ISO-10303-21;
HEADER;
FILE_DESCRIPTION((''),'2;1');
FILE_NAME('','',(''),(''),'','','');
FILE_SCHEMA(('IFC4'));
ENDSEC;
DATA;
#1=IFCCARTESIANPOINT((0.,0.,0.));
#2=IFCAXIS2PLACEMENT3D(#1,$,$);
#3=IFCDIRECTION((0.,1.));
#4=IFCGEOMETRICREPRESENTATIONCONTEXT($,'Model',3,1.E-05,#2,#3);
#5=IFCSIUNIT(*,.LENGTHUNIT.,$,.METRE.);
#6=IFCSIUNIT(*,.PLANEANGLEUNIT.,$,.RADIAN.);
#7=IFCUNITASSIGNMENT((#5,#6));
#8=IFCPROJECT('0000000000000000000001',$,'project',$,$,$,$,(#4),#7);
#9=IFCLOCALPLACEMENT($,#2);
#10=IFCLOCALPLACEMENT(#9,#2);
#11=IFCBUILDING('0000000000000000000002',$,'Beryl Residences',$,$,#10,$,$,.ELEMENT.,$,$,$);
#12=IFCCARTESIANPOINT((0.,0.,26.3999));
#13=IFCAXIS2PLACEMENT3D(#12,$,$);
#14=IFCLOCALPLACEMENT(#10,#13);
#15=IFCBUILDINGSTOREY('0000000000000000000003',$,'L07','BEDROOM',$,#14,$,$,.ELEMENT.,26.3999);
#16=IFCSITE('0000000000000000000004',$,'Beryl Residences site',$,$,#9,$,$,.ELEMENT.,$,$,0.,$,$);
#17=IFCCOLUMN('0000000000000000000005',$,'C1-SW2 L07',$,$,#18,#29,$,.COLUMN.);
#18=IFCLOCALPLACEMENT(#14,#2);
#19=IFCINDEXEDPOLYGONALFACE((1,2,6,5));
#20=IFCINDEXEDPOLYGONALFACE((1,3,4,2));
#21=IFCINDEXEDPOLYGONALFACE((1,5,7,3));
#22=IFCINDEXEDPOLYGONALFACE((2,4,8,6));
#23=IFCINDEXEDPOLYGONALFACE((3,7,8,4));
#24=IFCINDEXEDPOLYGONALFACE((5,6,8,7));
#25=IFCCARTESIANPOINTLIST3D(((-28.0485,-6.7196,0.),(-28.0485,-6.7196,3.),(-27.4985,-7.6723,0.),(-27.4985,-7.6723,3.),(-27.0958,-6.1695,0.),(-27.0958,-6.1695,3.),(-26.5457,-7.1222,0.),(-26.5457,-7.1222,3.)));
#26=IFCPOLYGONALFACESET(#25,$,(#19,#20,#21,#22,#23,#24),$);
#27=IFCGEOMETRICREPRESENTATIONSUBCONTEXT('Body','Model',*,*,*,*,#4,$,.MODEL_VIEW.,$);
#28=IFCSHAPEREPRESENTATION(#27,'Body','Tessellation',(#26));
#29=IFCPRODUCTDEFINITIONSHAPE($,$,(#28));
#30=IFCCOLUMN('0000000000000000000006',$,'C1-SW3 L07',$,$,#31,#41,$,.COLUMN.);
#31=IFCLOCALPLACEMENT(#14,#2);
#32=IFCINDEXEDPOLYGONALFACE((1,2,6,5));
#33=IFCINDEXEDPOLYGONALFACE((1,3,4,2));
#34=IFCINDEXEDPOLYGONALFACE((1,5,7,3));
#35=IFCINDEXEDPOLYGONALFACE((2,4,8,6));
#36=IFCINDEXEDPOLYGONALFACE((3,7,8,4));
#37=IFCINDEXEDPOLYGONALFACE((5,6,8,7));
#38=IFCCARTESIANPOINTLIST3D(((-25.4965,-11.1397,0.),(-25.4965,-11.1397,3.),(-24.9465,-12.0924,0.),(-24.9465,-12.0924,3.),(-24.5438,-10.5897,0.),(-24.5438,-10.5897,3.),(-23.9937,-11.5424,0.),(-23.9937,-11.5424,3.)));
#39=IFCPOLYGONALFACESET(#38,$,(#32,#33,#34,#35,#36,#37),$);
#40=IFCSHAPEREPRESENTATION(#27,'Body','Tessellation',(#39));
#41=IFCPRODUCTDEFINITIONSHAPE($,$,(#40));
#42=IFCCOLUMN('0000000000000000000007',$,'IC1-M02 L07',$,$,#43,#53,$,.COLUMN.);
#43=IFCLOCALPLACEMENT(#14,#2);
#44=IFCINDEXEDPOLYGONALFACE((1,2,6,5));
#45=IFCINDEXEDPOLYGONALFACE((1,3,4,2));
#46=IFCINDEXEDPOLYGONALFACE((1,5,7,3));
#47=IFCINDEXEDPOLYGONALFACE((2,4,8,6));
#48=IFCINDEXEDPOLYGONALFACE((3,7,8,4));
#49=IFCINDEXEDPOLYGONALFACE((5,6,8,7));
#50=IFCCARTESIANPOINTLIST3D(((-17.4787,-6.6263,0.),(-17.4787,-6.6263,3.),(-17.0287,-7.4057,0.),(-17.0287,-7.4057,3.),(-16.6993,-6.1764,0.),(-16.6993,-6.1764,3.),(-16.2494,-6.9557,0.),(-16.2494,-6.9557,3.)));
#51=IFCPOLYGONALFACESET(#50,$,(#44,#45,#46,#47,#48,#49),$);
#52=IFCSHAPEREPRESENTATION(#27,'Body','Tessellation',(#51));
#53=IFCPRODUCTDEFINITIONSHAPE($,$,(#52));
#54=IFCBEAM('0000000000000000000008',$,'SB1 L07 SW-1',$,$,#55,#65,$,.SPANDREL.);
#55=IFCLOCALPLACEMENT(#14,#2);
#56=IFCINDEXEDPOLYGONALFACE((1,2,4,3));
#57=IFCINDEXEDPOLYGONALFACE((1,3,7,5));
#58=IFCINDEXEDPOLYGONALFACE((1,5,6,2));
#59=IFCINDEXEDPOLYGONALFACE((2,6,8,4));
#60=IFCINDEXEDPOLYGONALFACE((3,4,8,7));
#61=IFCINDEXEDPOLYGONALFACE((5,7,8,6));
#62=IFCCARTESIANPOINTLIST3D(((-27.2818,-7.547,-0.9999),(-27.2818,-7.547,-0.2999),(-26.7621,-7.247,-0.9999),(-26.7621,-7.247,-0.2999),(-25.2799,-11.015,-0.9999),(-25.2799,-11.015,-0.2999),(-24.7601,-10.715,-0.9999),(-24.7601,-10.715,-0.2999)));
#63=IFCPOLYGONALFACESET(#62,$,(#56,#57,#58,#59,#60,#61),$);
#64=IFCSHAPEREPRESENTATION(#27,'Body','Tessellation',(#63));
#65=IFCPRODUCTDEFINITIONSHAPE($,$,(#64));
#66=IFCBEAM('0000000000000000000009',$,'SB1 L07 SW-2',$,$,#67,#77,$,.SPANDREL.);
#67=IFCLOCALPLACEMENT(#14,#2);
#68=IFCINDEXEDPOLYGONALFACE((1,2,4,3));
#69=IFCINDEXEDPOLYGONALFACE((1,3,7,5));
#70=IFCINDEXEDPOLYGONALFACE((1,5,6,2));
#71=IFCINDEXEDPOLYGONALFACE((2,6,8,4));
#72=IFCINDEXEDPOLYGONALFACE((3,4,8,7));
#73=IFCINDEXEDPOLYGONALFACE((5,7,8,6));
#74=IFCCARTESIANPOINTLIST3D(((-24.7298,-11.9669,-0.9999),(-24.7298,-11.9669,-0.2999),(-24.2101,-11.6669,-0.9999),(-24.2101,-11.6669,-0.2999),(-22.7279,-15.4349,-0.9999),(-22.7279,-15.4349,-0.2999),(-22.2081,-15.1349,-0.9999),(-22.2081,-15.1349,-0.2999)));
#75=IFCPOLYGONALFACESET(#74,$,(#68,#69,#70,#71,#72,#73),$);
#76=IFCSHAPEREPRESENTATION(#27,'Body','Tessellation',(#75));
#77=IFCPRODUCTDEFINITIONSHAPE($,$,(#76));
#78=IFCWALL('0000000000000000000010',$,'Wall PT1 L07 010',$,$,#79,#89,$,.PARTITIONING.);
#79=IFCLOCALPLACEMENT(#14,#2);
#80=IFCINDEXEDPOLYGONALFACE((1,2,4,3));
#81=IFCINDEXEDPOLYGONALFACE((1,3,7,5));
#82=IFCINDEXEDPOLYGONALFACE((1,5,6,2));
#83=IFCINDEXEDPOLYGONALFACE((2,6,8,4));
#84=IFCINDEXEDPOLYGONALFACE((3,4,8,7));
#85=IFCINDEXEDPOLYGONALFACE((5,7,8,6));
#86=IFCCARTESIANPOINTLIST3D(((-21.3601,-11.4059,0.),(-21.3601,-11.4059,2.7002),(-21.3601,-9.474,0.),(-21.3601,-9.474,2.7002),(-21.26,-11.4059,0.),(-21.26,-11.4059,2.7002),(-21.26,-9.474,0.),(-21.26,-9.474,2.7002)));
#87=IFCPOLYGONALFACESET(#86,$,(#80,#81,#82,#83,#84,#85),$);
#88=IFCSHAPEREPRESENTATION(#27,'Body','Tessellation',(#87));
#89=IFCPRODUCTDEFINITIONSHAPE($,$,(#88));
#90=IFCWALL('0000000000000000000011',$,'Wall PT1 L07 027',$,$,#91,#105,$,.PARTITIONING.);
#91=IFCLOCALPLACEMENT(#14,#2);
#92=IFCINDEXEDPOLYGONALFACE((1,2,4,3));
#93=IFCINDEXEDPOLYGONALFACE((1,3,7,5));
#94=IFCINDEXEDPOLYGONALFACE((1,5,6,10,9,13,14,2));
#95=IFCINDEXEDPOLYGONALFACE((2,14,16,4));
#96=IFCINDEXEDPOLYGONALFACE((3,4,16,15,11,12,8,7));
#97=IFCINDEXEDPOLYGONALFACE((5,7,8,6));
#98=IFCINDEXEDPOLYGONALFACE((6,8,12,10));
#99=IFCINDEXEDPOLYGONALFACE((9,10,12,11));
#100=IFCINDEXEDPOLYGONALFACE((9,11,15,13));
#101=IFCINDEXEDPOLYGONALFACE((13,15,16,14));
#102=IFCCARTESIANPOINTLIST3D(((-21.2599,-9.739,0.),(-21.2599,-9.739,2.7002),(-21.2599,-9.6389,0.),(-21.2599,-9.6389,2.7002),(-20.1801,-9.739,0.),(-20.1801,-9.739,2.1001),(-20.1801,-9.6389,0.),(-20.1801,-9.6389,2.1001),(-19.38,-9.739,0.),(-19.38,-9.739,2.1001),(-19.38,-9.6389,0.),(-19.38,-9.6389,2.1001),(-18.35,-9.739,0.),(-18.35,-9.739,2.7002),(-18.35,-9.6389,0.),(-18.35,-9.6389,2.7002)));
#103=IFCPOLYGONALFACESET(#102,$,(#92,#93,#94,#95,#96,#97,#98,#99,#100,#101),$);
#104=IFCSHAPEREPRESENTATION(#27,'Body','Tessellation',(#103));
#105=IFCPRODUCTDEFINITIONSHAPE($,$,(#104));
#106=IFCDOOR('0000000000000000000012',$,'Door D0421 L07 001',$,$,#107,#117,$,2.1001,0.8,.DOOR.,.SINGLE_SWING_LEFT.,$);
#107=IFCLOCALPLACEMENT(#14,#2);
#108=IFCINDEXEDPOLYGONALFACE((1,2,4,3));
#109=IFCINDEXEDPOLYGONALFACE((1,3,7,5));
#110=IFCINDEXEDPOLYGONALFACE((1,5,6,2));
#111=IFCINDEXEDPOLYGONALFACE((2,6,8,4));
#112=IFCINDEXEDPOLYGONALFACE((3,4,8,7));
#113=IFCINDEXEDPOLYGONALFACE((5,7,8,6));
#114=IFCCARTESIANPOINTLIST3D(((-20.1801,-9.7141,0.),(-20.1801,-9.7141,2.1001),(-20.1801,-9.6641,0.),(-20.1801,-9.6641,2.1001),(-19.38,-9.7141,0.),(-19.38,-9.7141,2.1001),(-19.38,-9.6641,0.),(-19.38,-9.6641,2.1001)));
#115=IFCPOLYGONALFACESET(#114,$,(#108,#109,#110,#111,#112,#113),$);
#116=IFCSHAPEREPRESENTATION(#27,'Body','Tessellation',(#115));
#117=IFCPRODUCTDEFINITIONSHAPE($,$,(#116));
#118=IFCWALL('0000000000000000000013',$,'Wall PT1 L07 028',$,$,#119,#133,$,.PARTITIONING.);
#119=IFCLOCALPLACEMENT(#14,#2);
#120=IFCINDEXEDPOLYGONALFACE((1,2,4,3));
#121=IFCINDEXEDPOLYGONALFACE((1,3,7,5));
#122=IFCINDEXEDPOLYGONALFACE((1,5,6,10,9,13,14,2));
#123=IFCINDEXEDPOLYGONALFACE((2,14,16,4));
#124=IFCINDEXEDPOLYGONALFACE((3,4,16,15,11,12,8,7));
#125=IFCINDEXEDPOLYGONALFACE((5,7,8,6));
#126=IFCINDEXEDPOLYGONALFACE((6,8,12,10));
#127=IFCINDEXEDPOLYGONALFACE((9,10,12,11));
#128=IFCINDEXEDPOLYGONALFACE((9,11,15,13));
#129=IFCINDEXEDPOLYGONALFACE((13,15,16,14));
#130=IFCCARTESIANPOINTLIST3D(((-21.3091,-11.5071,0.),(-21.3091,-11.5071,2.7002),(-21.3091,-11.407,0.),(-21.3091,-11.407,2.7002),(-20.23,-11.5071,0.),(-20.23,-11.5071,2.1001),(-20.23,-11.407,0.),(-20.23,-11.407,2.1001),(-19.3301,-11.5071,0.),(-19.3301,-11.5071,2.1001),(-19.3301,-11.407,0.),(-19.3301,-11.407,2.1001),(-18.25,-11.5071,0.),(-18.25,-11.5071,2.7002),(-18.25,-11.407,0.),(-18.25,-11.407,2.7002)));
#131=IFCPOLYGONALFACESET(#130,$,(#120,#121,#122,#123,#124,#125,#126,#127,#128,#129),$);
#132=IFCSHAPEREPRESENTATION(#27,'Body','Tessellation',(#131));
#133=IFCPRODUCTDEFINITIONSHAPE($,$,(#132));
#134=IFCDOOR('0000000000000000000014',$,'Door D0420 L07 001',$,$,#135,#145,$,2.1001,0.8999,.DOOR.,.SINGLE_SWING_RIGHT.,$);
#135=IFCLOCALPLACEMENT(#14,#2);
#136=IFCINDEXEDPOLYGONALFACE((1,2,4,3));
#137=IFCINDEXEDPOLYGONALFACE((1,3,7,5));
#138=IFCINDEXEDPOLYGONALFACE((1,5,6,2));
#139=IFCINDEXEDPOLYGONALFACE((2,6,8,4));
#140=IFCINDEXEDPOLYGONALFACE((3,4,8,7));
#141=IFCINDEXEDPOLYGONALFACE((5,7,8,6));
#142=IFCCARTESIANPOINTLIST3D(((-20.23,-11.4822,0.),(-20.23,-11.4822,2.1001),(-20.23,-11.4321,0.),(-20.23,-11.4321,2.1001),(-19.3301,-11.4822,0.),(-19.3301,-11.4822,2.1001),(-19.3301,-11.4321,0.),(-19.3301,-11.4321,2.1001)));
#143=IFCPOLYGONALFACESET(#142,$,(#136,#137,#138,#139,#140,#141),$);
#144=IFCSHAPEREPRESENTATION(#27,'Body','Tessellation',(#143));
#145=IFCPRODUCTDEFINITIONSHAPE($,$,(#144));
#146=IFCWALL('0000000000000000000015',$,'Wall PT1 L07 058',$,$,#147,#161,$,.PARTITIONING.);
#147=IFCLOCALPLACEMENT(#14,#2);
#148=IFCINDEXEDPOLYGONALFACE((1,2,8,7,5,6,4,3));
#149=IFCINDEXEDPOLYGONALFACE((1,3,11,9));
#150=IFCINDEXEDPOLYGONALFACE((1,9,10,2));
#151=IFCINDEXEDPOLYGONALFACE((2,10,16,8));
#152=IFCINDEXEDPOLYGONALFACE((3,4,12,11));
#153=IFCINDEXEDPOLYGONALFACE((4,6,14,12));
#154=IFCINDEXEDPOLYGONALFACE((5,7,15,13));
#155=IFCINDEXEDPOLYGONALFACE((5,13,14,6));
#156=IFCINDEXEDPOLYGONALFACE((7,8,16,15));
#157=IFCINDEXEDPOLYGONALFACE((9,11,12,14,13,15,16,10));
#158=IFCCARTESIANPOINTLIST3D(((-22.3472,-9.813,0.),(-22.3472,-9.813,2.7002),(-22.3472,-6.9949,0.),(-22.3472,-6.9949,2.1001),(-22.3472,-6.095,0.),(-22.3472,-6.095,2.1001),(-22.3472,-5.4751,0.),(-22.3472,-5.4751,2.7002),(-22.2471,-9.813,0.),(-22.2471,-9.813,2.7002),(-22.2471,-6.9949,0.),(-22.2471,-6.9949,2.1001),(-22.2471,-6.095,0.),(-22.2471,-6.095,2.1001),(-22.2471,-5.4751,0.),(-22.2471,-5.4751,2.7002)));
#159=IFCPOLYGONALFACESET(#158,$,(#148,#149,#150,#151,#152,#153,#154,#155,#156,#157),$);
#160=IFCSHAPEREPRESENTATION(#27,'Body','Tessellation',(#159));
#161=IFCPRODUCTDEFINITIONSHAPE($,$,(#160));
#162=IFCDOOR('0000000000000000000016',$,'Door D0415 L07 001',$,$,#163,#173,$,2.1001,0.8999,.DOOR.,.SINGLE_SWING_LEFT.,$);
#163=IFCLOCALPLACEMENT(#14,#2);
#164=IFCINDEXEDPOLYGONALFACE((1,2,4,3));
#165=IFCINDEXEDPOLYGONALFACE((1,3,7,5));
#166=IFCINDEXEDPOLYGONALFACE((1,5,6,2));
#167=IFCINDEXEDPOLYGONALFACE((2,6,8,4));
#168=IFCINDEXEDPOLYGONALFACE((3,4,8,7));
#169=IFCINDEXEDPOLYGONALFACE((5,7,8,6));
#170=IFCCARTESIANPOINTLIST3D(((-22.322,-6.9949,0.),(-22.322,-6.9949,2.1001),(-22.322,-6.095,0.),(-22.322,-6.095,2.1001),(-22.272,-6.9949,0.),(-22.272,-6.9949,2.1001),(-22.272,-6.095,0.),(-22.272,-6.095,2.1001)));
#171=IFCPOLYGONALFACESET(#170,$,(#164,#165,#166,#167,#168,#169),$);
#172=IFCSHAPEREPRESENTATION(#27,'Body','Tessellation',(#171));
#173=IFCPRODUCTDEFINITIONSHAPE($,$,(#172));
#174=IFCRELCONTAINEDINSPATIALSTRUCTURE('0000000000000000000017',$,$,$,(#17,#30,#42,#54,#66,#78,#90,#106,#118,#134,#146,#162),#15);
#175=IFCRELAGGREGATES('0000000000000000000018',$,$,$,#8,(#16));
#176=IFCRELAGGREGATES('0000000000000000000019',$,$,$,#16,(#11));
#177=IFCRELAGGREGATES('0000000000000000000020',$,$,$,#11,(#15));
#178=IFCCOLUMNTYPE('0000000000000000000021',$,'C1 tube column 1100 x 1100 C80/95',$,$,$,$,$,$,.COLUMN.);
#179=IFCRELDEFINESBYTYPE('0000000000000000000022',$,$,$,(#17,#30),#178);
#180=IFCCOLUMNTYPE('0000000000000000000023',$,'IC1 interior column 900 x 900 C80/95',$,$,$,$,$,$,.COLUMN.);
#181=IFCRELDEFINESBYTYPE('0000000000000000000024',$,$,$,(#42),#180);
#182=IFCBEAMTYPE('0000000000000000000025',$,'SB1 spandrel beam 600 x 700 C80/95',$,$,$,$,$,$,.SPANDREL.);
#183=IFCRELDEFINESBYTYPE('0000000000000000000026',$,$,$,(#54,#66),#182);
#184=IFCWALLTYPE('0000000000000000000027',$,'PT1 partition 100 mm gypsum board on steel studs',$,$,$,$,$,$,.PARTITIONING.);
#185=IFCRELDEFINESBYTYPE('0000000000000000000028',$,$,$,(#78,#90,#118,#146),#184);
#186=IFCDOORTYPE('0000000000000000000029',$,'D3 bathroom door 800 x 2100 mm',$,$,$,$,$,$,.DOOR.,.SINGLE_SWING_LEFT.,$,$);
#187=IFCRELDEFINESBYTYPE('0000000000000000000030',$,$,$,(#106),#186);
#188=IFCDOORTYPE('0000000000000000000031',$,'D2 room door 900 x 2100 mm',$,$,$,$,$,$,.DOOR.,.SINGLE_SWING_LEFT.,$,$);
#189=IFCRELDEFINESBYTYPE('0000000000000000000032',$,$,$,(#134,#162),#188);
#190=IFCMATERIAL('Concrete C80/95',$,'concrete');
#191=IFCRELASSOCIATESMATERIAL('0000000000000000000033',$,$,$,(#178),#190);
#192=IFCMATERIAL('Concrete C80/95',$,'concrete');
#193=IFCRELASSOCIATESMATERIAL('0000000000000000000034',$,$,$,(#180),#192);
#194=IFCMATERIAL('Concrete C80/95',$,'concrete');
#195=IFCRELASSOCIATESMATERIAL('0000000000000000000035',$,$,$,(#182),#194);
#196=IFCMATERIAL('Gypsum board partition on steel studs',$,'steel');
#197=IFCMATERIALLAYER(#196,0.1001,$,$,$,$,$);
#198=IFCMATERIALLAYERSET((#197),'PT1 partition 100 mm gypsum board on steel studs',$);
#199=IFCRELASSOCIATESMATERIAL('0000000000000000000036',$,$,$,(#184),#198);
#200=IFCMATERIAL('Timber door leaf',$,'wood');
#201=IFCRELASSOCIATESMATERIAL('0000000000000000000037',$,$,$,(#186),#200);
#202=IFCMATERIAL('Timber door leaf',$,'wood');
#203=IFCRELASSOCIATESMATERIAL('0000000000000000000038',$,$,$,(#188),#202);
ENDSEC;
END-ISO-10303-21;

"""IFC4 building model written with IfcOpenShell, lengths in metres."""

from ifc_helpers import new_model, si_unit, direction, frame, frame_2d, origin, origin_2d, place, context, subcontext, project, spatial, rectangle, extrude, material, layer, layer_set, material_profile, profile_set, type_object, element, fill, save


model = new_model("IFC4")

# Units and contexts
model_context = context("Model", 3, precision=1e-05, world=origin(), true_north=direction((0.0, 1.0)))
body_context = subcontext(model_context, "Body", "Model", "MODEL_VIEW")
ifc_project = project(units=[si_unit("LENGTHUNIT", "METRE"), si_unit("PLANEANGLEUNIT", "RADIAN")], contexts=[model_context])

# Site, building, storey
site_placement = place(None, origin())
site = spatial("IfcSite", under=ifc_project, at=site_placement, Name="Beryl Residences site", CompositionType="ELEMENT", RefElevation=0.0)
building_placement = place(site_placement, origin())
building = spatial("IfcBuilding", under=site, at=building_placement, Name="Beryl Residences", CompositionType="ELEMENT")
storey_placement = place(building_placement, frame((0.0, 0.0, 26.3999)))
storey = spatial("IfcBuildingStorey", under=building, at=storey_placement, Name="L07", Description="BEDROOM", CompositionType="ELEMENT", Elevation=26.3999)

# Columns
ifc_material_1 = material(Name="Concrete C80/95", Category="concrete")
ifc_material_profile_1 = material_profile(ifc_material_1, rectangle(XDim=1.1001, YDim=1.1001, at=origin_2d()))
ifc_profile_set_1 = profile_set([ifc_material_profile_1], Name="Concrete C80/95")
column_type_1 = type_object("IfcColumnType", Name="C1 tube column 1100 x 1100 C80/95", PredefinedType="COLUMN", material=ifc_profile_set_1)
for number, where, z_axis, x_axis, name in (
    (1, (-27.2971, -6.9209, 0.0), (0.0, 0.0, 1.0), (0.499985, -0.866034, 0.0), "C1-SW2 L07"),
    (2, (-24.7451, -11.3411, 0.0), (0.0, 0.0, 1.0), (0.499985, -0.866034, 0.0), "C1-SW3 L07"),
):
    element("IfcColumn", number, at=place(storey_placement, frame(where, z_axis=z_axis, x_axis=x_axis)), inside=storey, type_object=column_type_1, Name=name, PredefinedType="COLUMN", context=body_context, shape_type="SweptSolid", body=[
        extrude(rectangle(XDim=1.1001, YDim=1.1001, at=origin_2d()), origin(), (0.0, 0.0, 1.0), 3.0),
    ])
ifc_material_2 = material(Name="Concrete C80/95", Category="concrete")
ifc_material_profile_2 = material_profile(ifc_material_2, rectangle(XDim=0.8999, YDim=0.8999, at=origin_2d()))
ifc_profile_set_2 = profile_set([ifc_material_profile_2], Name="Concrete C80/95")
column_type_2 = type_object("IfcColumnType", Name="IC1 interior column 900 x 900 C80/95", PredefinedType="COLUMN", material=ifc_profile_set_2)
column_placement = place(storey_placement, frame((-16.864, -6.791, 0.0), z_axis=(0.0, 0.0, 1.0), x_axis=(0.499985, -0.866034, 0.0)))
element("IfcColumn", 3, at=column_placement, inside=storey, type_object=column_type_2, Name="IC1-M02 L07", PredefinedType="COLUMN", context=body_context, shape_type="SweptSolid", body=[
    extrude(rectangle(XDim=0.8999, YDim=0.8999, at=origin_2d()), origin(), (0.0, 0.0, 1.0), 3.0),
])

# Beams
ifc_material_3 = material(Name="Concrete C80/95", Category="concrete")
ifc_material_profile_3 = material_profile(ifc_material_3, rectangle(XDim=0.6001, YDim=0.7, at=origin_2d()))
ifc_profile_set_3 = profile_set([ifc_material_profile_3], Name="Concrete C80/95")
beam_type = type_object("IfcBeamType", Name="SB1 spandrel beam 600 x 700 C80/95", PredefinedType="SPANDREL", material=ifc_profile_set_3)
for number, where, z_axis, x_axis, name in (
    (4, (-27.022, -7.397, -0.6499), (0.499942, -0.866059, 0.0), (0.866059, 0.499942, 0.0), "SB1 L07 SW-1"),
    (5, (-24.47, -11.8169, -0.6499), (0.499942, -0.866059, 0.0), (0.866059, 0.499942, 0.0), "SB1 L07 SW-2"),
):
    element("IfcBeam", number, at=place(storey_placement, frame(where, z_axis=z_axis, x_axis=x_axis)), inside=storey, type_object=beam_type, Name=name, PredefinedType="SPANDREL", context=body_context, shape_type="SweptSolid", body=[
        extrude(rectangle(XDim=0.6001, YDim=0.7, at=origin_2d()), origin(), (0.0, 0.0, 1.0), 4.0044),
    ])

# Wall
ifc_material_4 = material(Name="Gypsum board partition on steel studs", Category="steel")
ifc_layer_1 = layer(ifc_material_4, 0.1001)
ifc_layer_set_1 = layer_set([ifc_layer_1], Name="PT1 partition 100 mm gypsum board on steel studs")
wall_type_1 = type_object("IfcWallType", Name="PT1 partition 100 mm gypsum board on steel studs", PredefinedType="PARTITIONING", material=ifc_layer_set_1)
wall_1_placement = place(storey_placement, frame((-21.3101, -9.4741, 0.0), z_axis=(0.0, 0.0, 1.0), x_axis=(0.0, -1.0, 0.0)))
element("IfcWall", 6, at=wall_1_placement, inside=storey, type_object=wall_type_1, Name="Wall PT1 L07 010", PredefinedType="PARTITIONING", context=body_context, shape_type="SweptSolid", body=[
    extrude(rectangle(XDim=1.9319, YDim=0.1001, at=frame_2d((0.9658, 0.0))), origin(), (0.0, 0.0, 1.0), 2.7002),
])

# Walls, openings, doors
wall_2_placement = place(storey_placement, frame((-21.26, -9.689, 0.0), z_axis=(0.0, 0.0, 1.0), x_axis=(1.0, 0.0, 0.0)))
wall_2 = element("IfcWall", 7, at=wall_2_placement, inside=storey, type_object=wall_type_1, Name="Wall PT1 L07 027", PredefinedType="PARTITIONING", context=body_context, shape_type="SweptSolid", body=[
    extrude(rectangle(XDim=2.9099, YDim=0.1001, at=frame_2d((1.4551, 0.0))), origin(), (0.0, 0.0, 1.0), 2.7002),
])
opening_1_placement = place(wall_2_placement, frame((1.0801, 0.0, 0.0)))
opening_1 = element("IfcOpeningElement", 8, at=opening_1_placement, cuts=wall_2, PredefinedType="OPENING", context=body_context, shape_type="SweptSolid", body=[
    extrude(rectangle(XDim=0.8, YDim=2.1001, at=frame_2d((0.3999, 1.05))), frame((0.0, 0.0601, 0.0), z_axis=(0.0, -1.0, 0.0), x_axis=(1.0, 0.0, 0.0)), (0.0, 0.0, 1.0), 0.1201),
])
ifc_material_5 = material(Name="Timber door leaf", Category="wood")
door_type_1 = type_object("IfcDoorType", Name="D3 bathroom door 800 x 2100 mm", OperationType="SINGLE_SWING_LEFT", PredefinedType="DOOR", material=ifc_material_5)
door_1_placement = place(opening_1_placement, origin())
door_1 = element("IfcDoor", 9, at=door_1_placement, inside=storey, type_object=door_type_1, Name="Door D0421 L07 001", OperationType="SINGLE_SWING_LEFT", OverallHeight=2.1001, OverallWidth=0.8, PredefinedType="DOOR", context=body_context, shape_type="SweptSolid", body=[
    extrude(rectangle(XDim=0.8, YDim=2.1001, at=frame_2d((0.3999, 1.05))), frame((0.0, 0.0249, 0.0), z_axis=(0.0, -1.0, 0.0), x_axis=(1.0, 0.0, 0.0)), (0.0, 0.0, 1.0), 0.05),
])
fill(opening_1, door_1)
wall_3_placement = place(storey_placement, frame((-21.3091, -11.457, 0.0), z_axis=(0.0, 0.0, 1.0), x_axis=(1.0, 0.0, 0.0)))
wall_3 = element("IfcWall", 10, at=wall_3_placement, inside=storey, type_object=wall_type_1, Name="Wall PT1 L07 028", PredefinedType="PARTITIONING", context=body_context, shape_type="SweptSolid", body=[
    extrude(rectangle(XDim=3.0591, YDim=0.1001, at=frame_2d((1.5295, 0.0))), origin(), (0.0, 0.0, 1.0), 2.7002),
])
opening_2_placement = place(wall_3_placement, frame((1.0791, 0.0, 0.0)))
opening_2 = element("IfcOpeningElement", 11, at=opening_2_placement, cuts=wall_3, PredefinedType="OPENING", context=body_context, shape_type="SweptSolid", body=[
    extrude(rectangle(XDim=0.8999, YDim=2.1001, at=frame_2d((0.45, 1.05))), frame((0.0, 0.0601, 0.0), z_axis=(0.0, -1.0, 0.0), x_axis=(1.0, 0.0, 0.0)), (0.0, 0.0, 1.0), 0.1201),
])
ifc_material_6 = material(Name="Timber door leaf", Category="wood")
door_type_2 = type_object("IfcDoorType", Name="D2 room door 900 x 2100 mm", OperationType="SINGLE_SWING_LEFT", PredefinedType="DOOR", material=ifc_material_6)
door_2_placement = place(opening_2_placement, origin())
door_2 = element("IfcDoor", 12, at=door_2_placement, inside=storey, type_object=door_type_2, Name="Door D0420 L07 001", OperationType="SINGLE_SWING_RIGHT", OverallHeight=2.1001, OverallWidth=0.8999, PredefinedType="DOOR", context=body_context, shape_type="SweptSolid", body=[
    extrude(rectangle(XDim=0.8999, YDim=2.1001, at=frame_2d((0.45, 1.05))), frame((0.0, 0.0249, 0.0), z_axis=(0.0, -1.0, 0.0), x_axis=(1.0, 0.0, 0.0)), (0.0, 0.0, 1.0), 0.05),
])
fill(opening_2, door_2)
wall_4_placement = place(storey_placement, frame((-22.2971, -9.813, 0.0), z_axis=(0.0, 0.0, 1.0), x_axis=(0.0, 1.0, 0.0)))
wall_4 = element("IfcWall", 13, at=wall_4_placement, inside=storey, type_object=wall_type_1, Name="Wall PT1 L07 058", PredefinedType="PARTITIONING", context=body_context, shape_type="SweptSolid", body=[
    extrude(rectangle(XDim=4.3379, YDim=0.1001, at=frame_2d((2.1689, 0.0))), origin(), (0.0, 0.0, 1.0), 2.7002),
])
opening_3_placement = place(wall_4_placement, frame((2.8181, 0.0, 0.0)))
opening_3 = element("IfcOpeningElement", 14, at=opening_3_placement, cuts=wall_4, PredefinedType="OPENING", context=body_context, shape_type="SweptSolid", body=[
    extrude(rectangle(XDim=0.8999, YDim=2.1001, at=frame_2d((0.45, 1.05))), frame((0.0, 0.0601, 0.0), z_axis=(0.0, -1.0, 0.0), x_axis=(1.0, 0.0, 0.0)), (0.0, 0.0, 1.0), 0.1201),
])
door_3_placement = place(opening_3_placement, origin())
door_3 = element("IfcDoor", 15, at=door_3_placement, inside=storey, type_object=door_type_2, Name="Door D0415 L07 001", OperationType="SINGLE_SWING_LEFT", OverallHeight=2.1001, OverallWidth=0.8999, PredefinedType="DOOR", context=body_context, shape_type="SweptSolid", body=[
    extrude(rectangle(XDim=0.8999, YDim=2.1001, at=frame_2d((0.45, 1.05))), frame((0.0, 0.0249, 0.0), z_axis=(0.0, -1.0, 0.0), x_axis=(1.0, 0.0, 0.0)), (0.0, 0.0, 1.0), 0.05),
])
fill(opening_3, door_3)

save(model, "model.ifc")
